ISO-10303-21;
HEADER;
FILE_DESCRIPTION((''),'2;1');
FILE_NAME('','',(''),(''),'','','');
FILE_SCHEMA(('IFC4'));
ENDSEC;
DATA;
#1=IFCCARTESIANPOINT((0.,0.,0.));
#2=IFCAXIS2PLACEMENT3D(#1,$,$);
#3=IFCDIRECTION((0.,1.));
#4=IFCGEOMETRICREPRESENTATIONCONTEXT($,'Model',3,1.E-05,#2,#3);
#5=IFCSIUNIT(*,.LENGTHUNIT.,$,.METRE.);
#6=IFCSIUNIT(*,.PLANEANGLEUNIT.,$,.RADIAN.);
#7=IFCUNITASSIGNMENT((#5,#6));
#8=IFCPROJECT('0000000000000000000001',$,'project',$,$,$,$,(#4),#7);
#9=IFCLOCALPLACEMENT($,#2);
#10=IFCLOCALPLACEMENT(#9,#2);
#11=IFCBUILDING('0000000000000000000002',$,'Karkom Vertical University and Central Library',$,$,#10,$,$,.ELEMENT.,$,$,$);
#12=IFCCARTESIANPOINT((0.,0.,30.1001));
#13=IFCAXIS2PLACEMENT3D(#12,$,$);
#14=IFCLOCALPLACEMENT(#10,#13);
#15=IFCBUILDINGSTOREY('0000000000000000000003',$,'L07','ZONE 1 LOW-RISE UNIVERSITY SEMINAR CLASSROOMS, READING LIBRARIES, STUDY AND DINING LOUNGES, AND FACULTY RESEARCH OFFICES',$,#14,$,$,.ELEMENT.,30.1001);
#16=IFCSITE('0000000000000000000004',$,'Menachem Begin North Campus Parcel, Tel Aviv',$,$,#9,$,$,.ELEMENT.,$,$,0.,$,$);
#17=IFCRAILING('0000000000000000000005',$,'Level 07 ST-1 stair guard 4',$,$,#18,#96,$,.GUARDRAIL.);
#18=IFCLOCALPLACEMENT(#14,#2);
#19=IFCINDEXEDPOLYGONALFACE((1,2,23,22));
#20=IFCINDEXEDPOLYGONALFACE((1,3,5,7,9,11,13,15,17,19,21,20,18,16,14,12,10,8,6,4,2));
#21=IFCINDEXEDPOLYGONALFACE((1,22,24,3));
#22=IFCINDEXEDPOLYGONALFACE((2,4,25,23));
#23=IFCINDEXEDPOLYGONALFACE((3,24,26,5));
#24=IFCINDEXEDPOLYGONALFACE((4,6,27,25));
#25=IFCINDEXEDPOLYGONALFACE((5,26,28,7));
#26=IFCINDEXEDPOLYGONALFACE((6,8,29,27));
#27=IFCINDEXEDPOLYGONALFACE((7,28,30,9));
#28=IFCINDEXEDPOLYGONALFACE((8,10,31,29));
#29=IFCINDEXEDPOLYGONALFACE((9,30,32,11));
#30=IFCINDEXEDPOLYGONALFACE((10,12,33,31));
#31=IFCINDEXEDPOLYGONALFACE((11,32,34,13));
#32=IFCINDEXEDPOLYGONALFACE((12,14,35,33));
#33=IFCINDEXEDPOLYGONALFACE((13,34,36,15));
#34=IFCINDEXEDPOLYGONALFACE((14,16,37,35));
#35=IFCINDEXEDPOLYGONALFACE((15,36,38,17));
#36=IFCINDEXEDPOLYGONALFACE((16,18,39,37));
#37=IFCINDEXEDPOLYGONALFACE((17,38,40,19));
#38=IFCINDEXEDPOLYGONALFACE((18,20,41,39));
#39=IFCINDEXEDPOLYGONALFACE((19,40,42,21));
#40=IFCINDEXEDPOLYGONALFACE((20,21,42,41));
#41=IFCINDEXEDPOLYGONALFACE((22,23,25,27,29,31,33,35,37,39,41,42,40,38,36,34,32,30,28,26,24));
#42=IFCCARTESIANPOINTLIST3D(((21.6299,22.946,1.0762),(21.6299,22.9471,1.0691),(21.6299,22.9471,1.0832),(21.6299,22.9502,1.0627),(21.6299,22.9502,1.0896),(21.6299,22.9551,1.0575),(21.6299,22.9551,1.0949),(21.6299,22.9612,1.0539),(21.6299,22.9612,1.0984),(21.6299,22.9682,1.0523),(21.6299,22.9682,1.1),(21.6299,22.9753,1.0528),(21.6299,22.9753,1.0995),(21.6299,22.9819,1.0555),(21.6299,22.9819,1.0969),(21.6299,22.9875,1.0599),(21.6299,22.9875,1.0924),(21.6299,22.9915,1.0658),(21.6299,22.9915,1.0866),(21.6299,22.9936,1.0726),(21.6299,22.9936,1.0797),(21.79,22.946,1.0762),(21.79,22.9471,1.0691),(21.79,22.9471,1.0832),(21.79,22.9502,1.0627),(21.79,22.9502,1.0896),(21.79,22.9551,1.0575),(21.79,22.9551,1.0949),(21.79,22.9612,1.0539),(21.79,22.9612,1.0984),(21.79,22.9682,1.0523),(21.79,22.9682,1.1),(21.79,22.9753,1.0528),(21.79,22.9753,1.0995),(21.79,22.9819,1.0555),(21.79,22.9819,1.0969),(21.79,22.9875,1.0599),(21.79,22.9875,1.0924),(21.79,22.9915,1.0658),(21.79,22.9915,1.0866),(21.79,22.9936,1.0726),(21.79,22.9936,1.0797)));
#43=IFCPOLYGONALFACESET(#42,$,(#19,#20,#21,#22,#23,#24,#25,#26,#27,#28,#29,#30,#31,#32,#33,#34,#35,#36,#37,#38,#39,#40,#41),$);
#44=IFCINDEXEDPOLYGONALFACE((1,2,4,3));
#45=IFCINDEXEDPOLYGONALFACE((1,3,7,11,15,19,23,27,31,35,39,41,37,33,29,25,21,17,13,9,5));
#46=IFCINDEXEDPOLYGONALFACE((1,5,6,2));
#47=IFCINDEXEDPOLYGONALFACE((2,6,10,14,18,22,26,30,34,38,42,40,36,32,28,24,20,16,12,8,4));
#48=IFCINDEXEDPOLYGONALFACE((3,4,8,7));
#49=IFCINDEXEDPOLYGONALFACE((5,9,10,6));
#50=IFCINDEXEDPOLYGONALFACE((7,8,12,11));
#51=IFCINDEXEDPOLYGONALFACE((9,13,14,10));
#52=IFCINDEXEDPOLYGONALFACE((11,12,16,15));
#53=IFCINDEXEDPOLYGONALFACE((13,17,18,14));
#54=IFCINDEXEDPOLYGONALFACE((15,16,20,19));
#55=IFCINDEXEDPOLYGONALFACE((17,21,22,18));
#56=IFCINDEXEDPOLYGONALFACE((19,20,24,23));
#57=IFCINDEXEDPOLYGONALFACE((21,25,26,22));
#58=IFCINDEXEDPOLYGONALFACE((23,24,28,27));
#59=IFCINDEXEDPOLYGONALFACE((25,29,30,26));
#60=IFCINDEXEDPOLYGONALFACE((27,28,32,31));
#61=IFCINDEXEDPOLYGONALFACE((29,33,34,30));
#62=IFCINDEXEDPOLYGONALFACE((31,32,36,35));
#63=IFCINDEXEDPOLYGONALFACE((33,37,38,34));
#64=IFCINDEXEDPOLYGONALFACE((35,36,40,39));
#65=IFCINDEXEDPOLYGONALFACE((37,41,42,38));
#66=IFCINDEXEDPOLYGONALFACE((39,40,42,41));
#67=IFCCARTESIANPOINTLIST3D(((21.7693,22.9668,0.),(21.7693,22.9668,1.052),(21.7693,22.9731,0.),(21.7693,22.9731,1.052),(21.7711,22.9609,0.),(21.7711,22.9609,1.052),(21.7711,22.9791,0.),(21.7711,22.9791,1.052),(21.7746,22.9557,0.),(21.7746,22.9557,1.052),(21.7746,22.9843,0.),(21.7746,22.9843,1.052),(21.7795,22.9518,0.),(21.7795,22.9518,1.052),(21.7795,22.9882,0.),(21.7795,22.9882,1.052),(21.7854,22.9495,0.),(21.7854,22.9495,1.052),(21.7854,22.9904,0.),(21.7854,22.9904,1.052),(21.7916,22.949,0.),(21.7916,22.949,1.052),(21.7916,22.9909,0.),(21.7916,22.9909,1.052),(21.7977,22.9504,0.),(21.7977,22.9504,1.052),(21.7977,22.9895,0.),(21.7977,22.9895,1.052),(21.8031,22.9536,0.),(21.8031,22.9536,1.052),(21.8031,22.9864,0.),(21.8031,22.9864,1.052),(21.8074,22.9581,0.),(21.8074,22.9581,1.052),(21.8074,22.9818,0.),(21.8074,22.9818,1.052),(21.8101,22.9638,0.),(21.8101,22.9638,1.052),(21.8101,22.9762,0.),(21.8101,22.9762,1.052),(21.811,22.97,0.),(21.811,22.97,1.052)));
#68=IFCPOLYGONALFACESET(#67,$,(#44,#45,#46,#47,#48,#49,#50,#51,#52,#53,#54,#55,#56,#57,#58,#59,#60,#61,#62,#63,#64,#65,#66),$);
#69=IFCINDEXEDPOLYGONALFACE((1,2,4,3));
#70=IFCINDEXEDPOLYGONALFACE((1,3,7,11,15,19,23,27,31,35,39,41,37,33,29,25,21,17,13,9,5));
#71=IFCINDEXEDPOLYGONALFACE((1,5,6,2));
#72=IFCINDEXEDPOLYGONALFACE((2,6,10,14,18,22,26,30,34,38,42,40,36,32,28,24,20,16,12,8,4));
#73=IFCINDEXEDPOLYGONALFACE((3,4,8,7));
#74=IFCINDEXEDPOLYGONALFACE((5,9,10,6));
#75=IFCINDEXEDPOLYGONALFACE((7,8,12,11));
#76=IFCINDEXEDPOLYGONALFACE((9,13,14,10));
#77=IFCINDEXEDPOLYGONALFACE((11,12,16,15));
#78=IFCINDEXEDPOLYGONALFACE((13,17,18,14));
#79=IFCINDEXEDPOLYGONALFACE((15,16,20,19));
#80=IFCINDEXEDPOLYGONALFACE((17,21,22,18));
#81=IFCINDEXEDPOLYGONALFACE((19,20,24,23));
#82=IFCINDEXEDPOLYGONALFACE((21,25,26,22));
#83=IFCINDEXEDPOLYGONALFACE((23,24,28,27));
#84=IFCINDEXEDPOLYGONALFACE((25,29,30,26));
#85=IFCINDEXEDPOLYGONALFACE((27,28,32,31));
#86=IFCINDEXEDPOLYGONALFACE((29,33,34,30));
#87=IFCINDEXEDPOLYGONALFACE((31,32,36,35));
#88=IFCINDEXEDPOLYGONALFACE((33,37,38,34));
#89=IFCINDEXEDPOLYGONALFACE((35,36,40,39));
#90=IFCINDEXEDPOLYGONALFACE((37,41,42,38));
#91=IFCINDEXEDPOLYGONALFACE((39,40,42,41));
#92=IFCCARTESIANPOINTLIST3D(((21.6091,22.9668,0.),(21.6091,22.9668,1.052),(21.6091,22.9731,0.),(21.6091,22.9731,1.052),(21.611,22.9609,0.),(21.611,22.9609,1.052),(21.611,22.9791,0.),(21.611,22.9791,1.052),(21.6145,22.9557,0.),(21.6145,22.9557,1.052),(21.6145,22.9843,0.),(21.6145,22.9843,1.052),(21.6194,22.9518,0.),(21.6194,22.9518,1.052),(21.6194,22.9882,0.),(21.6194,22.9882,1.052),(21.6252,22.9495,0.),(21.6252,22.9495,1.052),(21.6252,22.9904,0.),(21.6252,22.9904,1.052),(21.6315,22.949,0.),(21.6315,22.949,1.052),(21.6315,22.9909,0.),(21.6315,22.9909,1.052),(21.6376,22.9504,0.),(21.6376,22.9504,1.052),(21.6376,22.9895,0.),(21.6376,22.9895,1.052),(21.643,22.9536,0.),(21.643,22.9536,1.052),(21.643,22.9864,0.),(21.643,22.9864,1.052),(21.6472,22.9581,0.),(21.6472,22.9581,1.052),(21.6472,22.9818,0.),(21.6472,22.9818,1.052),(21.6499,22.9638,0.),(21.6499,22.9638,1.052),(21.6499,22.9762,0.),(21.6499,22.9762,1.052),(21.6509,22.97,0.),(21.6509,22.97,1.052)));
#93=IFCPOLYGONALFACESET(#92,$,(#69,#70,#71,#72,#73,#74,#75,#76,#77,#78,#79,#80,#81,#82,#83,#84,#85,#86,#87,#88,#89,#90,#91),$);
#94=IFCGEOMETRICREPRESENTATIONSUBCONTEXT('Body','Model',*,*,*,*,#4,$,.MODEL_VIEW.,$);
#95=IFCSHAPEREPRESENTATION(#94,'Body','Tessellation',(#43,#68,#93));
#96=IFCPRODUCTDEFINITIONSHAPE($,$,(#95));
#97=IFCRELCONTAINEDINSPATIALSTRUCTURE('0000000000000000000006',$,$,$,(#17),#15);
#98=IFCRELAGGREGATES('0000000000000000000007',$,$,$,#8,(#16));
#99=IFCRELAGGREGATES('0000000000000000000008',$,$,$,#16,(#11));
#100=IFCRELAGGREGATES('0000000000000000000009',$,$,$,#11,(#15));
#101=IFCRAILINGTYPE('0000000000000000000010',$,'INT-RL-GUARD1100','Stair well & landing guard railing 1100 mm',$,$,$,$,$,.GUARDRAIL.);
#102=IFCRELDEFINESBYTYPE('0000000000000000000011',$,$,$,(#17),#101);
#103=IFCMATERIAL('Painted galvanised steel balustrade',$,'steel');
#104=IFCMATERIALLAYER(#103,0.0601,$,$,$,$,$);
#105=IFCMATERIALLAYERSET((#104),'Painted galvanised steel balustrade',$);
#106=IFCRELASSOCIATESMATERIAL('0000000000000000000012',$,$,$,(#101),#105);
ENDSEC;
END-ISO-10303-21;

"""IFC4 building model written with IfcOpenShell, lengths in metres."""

from ifc_helpers import new_model, si_unit, direction, frame, origin, origin_2d, place, context, subcontext, project, spatial, circle, extrude, material, layer, layer_set, type_object, element, save


model = new_model("IFC4")

# Units and contexts
model_context = context("Model", 3, precision=1e-05, world=origin(), true_north=direction((0.0, 1.0)))
body_context = subcontext(model_context, "Body", "Model", "MODEL_VIEW")
ifc_project = project(units=[si_unit("LENGTHUNIT", "METRE"), si_unit("PLANEANGLEUNIT", "RADIAN")], contexts=[model_context])

# Site, building, storey
site_placement = place(None, origin())
site = spatial("IfcSite", under=ifc_project, at=site_placement, Name="Menachem Begin North Campus Parcel, Tel Aviv", CompositionType="ELEMENT", RefElevation=0.0)
building_placement = place(site_placement, origin())
building = spatial("IfcBuilding", under=site, at=building_placement, Name="Karkom Vertical University and Central Library", CompositionType="ELEMENT")
storey_placement = place(building_placement, frame((0.0, 0.0, 30.1001)))
storey = spatial("IfcBuildingStorey", under=building, at=storey_placement, Name="L07", Description="ZONE 1 LOW-RISE UNIVERSITY SEMINAR CLASSROOMS, READING LIBRARIES, STUDY AND DINING LOUNGES, AND FACULTY RESEARCH OFFICES", CompositionType="ELEMENT", Elevation=30.1001)

# Railing
ifc_material_1 = material(Name="Painted galvanised steel balustrade", Category="steel")
ifc_layer_1 = layer(ifc_material_1, 0.0601)
ifc_layer_set_1 = layer_set([ifc_layer_1], Name="Painted galvanised steel balustrade")
railing_type_1 = type_object("IfcRailingType", Name="INT-RL-GUARD1100", Description="Stair well & landing guard railing 1100 mm", PredefinedType="GUARDRAIL", material=ifc_layer_set_1)
railing_1_placement = place(storey_placement, frame((21.79, 22.97, 0.0)))
element("IfcRailing", 1, at=railing_1_placement, inside=storey, type_object=railing_type_1, Name="Level 07 ST-1 stair guard 4", PredefinedType="GUARDRAIL", context=body_context, shape_type="SweptSolid", body=[
    extrude(circle(Radius=0.0239, at=origin_2d()), frame((0.0, 0.0, 1.0762), z_axis=(-1.0, 0.0, 0.0), x_axis=(0.0, -1.0, 0.0)), (0.0, 0.0, 1.0), 0.1602),
    extrude(circle(Radius=0.021, at=origin_2d()), origin(), (0.0, 0.0, 1.0), 1.052),
    extrude(circle(Radius=0.021, at=origin_2d()), frame((-0.1602, 0.0, 0.0)), (0.0, 0.0, 1.0), 1.052),
])

save(model, "model.ifc")
